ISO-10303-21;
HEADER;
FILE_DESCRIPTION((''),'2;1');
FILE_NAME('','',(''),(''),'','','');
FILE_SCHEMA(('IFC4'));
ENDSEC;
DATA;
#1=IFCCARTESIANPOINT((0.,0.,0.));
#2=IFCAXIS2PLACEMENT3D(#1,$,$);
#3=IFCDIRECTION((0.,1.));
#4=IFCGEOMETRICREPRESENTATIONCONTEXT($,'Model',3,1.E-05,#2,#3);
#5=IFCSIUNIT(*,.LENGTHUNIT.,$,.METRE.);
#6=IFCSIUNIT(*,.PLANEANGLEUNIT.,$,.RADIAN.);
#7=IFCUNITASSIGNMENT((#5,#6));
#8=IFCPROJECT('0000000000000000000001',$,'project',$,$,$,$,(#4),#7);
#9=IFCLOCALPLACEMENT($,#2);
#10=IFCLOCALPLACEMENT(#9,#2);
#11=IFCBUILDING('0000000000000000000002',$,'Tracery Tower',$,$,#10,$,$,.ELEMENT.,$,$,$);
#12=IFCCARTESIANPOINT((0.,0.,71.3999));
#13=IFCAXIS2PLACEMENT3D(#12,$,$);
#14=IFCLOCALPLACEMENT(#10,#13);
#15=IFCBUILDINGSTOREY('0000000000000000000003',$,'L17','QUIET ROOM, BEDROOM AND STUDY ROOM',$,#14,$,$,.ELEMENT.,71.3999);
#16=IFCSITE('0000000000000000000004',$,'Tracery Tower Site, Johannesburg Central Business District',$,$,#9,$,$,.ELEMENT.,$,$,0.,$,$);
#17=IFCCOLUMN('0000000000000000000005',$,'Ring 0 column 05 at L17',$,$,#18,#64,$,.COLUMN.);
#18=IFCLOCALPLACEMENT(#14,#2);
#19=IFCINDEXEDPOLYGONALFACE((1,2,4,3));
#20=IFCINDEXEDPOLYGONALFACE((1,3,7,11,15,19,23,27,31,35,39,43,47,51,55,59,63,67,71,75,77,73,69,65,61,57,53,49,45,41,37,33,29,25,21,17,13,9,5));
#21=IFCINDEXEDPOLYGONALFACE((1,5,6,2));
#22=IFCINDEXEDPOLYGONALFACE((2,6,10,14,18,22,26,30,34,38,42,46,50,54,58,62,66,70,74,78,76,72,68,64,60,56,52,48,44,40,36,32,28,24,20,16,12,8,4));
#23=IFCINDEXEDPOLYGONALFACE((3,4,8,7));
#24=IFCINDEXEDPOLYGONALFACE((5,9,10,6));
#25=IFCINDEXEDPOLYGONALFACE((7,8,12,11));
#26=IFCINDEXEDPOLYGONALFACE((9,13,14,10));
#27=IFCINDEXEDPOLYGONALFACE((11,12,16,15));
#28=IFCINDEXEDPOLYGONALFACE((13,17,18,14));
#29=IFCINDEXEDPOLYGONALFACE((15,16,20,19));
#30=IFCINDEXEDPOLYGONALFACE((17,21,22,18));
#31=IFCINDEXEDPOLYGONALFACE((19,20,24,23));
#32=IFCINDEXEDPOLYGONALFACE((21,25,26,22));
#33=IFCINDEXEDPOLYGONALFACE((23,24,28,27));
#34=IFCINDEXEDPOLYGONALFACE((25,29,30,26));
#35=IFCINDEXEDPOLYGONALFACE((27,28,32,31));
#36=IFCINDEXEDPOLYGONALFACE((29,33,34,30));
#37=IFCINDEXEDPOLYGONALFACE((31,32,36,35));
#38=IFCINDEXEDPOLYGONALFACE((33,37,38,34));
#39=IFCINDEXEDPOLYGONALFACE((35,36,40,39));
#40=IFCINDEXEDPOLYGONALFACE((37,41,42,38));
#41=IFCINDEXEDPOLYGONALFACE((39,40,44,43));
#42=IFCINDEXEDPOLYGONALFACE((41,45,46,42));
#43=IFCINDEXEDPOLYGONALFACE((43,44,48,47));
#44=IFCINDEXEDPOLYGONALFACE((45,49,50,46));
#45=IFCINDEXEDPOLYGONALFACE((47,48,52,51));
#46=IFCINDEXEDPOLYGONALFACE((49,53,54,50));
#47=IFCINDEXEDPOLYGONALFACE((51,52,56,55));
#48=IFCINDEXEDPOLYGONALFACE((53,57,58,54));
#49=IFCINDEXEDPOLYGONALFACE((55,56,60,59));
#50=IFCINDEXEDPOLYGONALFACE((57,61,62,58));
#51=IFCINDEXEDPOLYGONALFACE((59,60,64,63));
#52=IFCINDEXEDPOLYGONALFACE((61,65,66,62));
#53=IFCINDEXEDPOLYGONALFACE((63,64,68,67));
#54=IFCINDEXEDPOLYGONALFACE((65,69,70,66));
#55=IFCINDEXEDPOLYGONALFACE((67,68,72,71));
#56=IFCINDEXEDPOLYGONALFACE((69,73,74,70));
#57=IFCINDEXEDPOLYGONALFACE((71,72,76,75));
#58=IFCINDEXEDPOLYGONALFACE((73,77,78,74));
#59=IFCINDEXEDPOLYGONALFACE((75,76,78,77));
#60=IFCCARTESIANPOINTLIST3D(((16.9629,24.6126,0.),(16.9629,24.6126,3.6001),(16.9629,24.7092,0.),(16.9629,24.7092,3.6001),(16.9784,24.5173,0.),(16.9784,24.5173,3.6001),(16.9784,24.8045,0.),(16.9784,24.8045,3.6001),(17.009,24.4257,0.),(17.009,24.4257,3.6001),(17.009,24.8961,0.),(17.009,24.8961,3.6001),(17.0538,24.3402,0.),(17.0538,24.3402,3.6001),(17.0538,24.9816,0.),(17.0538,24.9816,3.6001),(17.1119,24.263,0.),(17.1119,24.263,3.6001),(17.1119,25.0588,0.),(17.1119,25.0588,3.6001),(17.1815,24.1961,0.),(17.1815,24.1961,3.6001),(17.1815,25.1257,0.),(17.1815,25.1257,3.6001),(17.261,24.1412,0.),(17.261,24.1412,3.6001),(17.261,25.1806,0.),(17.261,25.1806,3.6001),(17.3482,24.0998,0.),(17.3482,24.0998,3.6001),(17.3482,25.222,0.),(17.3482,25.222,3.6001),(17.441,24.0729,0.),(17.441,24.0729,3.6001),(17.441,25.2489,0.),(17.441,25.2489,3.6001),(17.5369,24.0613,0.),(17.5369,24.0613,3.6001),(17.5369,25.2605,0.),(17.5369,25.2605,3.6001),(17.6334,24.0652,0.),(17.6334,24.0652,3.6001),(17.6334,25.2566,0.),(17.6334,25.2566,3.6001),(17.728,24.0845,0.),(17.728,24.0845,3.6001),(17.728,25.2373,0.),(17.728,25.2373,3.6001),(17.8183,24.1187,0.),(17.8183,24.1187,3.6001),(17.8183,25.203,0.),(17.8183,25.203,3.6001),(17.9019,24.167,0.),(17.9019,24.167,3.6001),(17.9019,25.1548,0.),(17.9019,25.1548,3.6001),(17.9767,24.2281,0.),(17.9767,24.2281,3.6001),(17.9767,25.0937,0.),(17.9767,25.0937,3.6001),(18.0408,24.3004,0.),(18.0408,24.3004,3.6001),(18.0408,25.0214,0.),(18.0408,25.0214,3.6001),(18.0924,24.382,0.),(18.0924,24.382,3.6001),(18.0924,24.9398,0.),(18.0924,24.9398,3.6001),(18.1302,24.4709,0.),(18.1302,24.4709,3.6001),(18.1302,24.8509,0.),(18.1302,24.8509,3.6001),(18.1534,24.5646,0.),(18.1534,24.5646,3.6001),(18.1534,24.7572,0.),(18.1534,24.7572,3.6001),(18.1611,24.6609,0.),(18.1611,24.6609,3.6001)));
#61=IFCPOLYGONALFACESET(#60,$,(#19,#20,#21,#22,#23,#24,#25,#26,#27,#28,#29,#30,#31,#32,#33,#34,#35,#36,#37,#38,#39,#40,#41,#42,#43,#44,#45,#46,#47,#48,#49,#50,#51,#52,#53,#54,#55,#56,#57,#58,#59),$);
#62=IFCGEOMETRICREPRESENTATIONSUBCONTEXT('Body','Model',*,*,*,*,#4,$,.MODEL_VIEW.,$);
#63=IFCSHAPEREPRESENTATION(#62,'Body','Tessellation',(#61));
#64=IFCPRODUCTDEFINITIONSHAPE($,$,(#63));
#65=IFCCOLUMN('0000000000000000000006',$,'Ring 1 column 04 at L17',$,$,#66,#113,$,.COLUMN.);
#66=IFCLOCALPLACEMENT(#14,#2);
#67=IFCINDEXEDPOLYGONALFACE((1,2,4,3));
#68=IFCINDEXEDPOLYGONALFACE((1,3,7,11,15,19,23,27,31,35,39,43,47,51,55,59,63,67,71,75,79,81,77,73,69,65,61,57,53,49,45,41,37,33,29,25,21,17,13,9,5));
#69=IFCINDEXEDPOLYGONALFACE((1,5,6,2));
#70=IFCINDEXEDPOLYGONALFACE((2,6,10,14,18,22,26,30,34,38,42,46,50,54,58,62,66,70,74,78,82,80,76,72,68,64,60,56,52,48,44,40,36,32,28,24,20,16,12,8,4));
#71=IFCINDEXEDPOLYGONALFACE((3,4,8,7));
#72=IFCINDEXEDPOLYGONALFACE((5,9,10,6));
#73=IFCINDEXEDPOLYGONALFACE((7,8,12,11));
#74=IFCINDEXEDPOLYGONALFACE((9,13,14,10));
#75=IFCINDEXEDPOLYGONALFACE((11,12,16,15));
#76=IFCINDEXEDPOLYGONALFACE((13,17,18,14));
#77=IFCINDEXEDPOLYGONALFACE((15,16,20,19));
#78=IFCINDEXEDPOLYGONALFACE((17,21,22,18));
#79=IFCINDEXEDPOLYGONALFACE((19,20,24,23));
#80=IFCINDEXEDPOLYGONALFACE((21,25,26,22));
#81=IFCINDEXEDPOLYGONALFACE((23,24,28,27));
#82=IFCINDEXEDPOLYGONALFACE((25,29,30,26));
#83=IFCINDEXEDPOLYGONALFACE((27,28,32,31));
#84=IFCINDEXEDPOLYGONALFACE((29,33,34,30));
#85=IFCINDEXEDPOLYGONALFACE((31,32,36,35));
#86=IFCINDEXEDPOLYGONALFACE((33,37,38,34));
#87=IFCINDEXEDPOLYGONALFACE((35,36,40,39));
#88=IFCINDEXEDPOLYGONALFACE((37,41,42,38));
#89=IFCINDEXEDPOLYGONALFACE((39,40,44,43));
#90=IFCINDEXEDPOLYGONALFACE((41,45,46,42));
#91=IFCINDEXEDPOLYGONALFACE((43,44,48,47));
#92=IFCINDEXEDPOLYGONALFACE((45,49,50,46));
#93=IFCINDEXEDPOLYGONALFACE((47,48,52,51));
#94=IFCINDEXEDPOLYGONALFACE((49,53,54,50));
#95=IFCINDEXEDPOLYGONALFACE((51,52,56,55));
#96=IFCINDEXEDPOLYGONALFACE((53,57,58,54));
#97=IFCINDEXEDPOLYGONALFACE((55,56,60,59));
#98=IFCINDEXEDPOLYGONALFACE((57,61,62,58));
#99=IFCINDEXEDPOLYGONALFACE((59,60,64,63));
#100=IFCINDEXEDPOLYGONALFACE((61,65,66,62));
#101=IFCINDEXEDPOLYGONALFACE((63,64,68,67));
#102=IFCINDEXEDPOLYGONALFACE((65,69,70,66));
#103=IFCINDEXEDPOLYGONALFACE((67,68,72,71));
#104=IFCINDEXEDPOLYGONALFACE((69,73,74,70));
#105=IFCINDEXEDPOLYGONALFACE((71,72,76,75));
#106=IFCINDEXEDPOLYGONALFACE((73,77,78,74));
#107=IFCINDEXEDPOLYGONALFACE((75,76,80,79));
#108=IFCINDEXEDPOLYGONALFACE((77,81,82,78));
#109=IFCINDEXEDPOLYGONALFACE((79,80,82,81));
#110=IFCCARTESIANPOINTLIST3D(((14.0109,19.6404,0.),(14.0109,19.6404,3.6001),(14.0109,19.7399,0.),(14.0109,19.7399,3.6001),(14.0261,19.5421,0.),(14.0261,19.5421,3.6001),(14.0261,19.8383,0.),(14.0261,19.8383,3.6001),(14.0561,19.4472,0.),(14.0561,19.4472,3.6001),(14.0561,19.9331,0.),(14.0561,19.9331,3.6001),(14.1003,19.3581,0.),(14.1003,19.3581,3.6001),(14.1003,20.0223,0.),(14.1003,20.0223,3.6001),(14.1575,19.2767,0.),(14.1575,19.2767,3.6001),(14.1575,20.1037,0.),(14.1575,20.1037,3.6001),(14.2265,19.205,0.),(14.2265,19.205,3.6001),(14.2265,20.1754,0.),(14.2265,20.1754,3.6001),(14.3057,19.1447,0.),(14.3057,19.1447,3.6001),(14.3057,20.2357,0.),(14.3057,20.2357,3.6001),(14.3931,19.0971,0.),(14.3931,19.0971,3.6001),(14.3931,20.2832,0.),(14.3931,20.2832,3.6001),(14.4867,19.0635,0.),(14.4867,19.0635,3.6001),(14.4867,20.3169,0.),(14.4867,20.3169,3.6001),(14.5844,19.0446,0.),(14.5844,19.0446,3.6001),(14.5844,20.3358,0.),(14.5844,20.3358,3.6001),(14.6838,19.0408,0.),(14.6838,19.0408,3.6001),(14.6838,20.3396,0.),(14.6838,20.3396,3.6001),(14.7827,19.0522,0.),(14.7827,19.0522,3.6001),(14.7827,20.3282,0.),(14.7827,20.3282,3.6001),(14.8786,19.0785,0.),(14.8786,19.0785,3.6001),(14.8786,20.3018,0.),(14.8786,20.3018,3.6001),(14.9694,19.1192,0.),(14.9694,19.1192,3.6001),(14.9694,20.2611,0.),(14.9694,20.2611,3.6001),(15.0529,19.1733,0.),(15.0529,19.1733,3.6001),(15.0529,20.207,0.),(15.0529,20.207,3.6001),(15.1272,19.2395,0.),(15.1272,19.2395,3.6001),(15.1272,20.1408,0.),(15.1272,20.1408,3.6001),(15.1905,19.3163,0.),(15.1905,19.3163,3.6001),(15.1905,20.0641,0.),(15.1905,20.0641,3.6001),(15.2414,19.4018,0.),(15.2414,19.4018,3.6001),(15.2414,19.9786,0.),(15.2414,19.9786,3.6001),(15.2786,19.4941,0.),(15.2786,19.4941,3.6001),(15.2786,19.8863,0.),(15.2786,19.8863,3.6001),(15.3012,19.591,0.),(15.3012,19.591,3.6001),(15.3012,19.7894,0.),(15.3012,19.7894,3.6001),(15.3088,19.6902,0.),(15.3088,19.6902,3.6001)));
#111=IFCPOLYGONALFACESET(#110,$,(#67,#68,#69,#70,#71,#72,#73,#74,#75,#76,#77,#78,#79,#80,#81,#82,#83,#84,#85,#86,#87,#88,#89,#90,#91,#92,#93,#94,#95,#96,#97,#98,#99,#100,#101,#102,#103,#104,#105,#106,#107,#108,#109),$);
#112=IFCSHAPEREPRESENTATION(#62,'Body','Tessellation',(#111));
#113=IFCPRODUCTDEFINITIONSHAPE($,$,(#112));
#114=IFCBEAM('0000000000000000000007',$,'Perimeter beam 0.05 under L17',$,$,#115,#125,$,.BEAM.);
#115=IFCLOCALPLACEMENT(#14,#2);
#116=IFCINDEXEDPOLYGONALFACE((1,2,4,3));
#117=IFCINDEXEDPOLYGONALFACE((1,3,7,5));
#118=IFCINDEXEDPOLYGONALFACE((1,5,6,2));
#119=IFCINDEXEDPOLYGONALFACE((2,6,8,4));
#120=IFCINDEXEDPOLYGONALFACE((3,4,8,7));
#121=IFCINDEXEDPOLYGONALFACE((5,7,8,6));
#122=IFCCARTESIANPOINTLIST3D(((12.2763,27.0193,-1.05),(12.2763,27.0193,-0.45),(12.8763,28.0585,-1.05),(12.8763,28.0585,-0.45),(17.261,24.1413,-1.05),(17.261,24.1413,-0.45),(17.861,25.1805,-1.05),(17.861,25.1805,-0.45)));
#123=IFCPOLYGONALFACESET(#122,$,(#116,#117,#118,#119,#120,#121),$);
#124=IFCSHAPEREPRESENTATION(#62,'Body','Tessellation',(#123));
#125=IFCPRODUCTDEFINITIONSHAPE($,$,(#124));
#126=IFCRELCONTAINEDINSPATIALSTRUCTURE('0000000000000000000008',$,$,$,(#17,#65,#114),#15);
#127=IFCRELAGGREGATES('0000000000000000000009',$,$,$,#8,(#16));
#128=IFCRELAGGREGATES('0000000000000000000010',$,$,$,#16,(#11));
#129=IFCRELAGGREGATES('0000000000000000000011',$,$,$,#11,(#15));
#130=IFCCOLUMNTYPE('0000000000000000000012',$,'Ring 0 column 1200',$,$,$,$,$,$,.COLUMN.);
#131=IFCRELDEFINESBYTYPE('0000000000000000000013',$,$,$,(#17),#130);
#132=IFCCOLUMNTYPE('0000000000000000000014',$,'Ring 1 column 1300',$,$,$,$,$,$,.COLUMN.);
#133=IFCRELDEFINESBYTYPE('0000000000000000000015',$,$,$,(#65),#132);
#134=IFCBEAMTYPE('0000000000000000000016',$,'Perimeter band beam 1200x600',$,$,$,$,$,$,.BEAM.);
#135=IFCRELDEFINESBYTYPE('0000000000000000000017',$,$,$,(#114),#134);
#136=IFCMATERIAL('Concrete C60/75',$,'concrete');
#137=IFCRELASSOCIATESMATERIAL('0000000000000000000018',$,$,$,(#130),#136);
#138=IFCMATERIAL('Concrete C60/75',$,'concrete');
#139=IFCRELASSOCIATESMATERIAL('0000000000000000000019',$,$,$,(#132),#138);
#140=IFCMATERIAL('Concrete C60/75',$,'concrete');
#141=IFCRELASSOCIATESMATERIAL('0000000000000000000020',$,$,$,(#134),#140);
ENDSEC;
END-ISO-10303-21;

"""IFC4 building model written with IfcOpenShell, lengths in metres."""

from ifc_helpers import new_model, si_unit, direction, frame, origin, origin_2d, place, context, subcontext, project, spatial, rectangle, circle, extrude, material, material_profile, profile_set, type_object, element, save


model = new_model("IFC4")

# Units and contexts
model_context = context("Model", 3, precision=1e-05, world=origin(), true_north=direction((0.0, 1.0)))
body_context = subcontext(model_context, "Body", "Model", "MODEL_VIEW")
ifc_project = project(units=[si_unit("LENGTHUNIT", "METRE"), si_unit("PLANEANGLEUNIT", "RADIAN")], contexts=[model_context])

# Site, building, storey
site_placement = place(None, origin())
site = spatial("IfcSite", under=ifc_project, at=site_placement, Name="Tracery Tower Site, Johannesburg Central Business District", CompositionType="ELEMENT", RefElevation=0.0)
building_placement = place(site_placement, origin())
building = spatial("IfcBuilding", under=site, at=building_placement, Name="Tracery Tower", CompositionType="ELEMENT")
storey_placement = place(building_placement, frame((0.0, 0.0, 71.3999)))
storey = spatial("IfcBuildingStorey", under=building, at=storey_placement, Name="L17", Description="QUIET ROOM, BEDROOM AND STUDY ROOM", CompositionType="ELEMENT", Elevation=71.3999)

# Columns
ifc_material_1 = material(Name="Concrete C60/75", Category="concrete")
ifc_material_profile_1 = material_profile(ifc_material_1, circle(Radius=0.6001, at=origin_2d()), Name="RC D1200")
ifc_profile_set_1 = profile_set([ifc_material_profile_1], Name="Concrete C60/75")
column_type_1 = type_object("IfcColumnType", Name="Ring 0 column 1200", PredefinedType="COLUMN", material=ifc_profile_set_1)
column_1_placement = place(storey_placement, frame((17.561, 24.6609, 0.0), z_axis=(0.0, 0.0, 1.0), x_axis=(1.0, 0.0, 0.0)))
element("IfcColumn", 1, at=column_1_placement, inside=storey, type_object=column_type_1, Name="Ring 0 column 05 at L17", PredefinedType="COLUMN", context=body_context, shape_type="SweptSolid", body=[
    extrude(circle(Radius=0.6001, at=origin_2d()), origin(), (0.0, 0.0, 1.0), 3.6001),
])
ifc_material_2 = material(Name="Concrete C60/75", Category="concrete")
ifc_material_profile_2 = material_profile(ifc_material_2, circle(Radius=0.6499, at=origin_2d()), Name="RC D1300")
ifc_profile_set_2 = profile_set([ifc_material_profile_2], Name="Concrete C60/75")
column_type_2 = type_object("IfcColumnType", Name="Ring 1 column 1300", PredefinedType="COLUMN", material=ifc_profile_set_2)
column_2_placement = place(storey_placement, frame((14.6589, 19.6902, 0.0), z_axis=(0.0, 0.0, 1.0), x_axis=(1.0, 0.0, 0.0)))
element("IfcColumn", 2, at=column_2_placement, inside=storey, type_object=column_type_2, Name="Ring 1 column 04 at L17", PredefinedType="COLUMN", context=body_context, shape_type="SweptSolid", body=[
    extrude(circle(Radius=0.6499, at=origin_2d()), origin(), (0.0, 0.0, 1.0), 3.6001),
])

# Beam
ifc_material_3 = material(Name="Concrete C60/75", Category="concrete")
ifc_material_profile_3 = material_profile(ifc_material_3, rectangle(XDim=1.2, YDim=0.6001, at=origin_2d()), Name="RC 1200x600")
ifc_profile_set_3 = profile_set([ifc_material_profile_3], Name="Concrete C60/75")
beam_type = type_object("IfcBeamType", Name="Perimeter band beam 1200x600", PredefinedType="BEAM", material=ifc_profile_set_3)
beam_placement = place(storey_placement, frame((17.561, 24.6609, -0.75), z_axis=(-0.866021, 0.500008, 0.0), x_axis=(-0.500008, -0.866021, 0.0)))
element("IfcBeam", 3, at=beam_placement, inside=storey, type_object=beam_type, Name="Perimeter beam 0.05 under L17", PredefinedType="BEAM", context=body_context, shape_type="SweptSolid", body=[
    extrude(rectangle(XDim=1.2, YDim=0.6001, at=origin_2d()), origin(), (0.0, 0.0, 1.0), 5.7559),
])

save(model, "model.ifc")
